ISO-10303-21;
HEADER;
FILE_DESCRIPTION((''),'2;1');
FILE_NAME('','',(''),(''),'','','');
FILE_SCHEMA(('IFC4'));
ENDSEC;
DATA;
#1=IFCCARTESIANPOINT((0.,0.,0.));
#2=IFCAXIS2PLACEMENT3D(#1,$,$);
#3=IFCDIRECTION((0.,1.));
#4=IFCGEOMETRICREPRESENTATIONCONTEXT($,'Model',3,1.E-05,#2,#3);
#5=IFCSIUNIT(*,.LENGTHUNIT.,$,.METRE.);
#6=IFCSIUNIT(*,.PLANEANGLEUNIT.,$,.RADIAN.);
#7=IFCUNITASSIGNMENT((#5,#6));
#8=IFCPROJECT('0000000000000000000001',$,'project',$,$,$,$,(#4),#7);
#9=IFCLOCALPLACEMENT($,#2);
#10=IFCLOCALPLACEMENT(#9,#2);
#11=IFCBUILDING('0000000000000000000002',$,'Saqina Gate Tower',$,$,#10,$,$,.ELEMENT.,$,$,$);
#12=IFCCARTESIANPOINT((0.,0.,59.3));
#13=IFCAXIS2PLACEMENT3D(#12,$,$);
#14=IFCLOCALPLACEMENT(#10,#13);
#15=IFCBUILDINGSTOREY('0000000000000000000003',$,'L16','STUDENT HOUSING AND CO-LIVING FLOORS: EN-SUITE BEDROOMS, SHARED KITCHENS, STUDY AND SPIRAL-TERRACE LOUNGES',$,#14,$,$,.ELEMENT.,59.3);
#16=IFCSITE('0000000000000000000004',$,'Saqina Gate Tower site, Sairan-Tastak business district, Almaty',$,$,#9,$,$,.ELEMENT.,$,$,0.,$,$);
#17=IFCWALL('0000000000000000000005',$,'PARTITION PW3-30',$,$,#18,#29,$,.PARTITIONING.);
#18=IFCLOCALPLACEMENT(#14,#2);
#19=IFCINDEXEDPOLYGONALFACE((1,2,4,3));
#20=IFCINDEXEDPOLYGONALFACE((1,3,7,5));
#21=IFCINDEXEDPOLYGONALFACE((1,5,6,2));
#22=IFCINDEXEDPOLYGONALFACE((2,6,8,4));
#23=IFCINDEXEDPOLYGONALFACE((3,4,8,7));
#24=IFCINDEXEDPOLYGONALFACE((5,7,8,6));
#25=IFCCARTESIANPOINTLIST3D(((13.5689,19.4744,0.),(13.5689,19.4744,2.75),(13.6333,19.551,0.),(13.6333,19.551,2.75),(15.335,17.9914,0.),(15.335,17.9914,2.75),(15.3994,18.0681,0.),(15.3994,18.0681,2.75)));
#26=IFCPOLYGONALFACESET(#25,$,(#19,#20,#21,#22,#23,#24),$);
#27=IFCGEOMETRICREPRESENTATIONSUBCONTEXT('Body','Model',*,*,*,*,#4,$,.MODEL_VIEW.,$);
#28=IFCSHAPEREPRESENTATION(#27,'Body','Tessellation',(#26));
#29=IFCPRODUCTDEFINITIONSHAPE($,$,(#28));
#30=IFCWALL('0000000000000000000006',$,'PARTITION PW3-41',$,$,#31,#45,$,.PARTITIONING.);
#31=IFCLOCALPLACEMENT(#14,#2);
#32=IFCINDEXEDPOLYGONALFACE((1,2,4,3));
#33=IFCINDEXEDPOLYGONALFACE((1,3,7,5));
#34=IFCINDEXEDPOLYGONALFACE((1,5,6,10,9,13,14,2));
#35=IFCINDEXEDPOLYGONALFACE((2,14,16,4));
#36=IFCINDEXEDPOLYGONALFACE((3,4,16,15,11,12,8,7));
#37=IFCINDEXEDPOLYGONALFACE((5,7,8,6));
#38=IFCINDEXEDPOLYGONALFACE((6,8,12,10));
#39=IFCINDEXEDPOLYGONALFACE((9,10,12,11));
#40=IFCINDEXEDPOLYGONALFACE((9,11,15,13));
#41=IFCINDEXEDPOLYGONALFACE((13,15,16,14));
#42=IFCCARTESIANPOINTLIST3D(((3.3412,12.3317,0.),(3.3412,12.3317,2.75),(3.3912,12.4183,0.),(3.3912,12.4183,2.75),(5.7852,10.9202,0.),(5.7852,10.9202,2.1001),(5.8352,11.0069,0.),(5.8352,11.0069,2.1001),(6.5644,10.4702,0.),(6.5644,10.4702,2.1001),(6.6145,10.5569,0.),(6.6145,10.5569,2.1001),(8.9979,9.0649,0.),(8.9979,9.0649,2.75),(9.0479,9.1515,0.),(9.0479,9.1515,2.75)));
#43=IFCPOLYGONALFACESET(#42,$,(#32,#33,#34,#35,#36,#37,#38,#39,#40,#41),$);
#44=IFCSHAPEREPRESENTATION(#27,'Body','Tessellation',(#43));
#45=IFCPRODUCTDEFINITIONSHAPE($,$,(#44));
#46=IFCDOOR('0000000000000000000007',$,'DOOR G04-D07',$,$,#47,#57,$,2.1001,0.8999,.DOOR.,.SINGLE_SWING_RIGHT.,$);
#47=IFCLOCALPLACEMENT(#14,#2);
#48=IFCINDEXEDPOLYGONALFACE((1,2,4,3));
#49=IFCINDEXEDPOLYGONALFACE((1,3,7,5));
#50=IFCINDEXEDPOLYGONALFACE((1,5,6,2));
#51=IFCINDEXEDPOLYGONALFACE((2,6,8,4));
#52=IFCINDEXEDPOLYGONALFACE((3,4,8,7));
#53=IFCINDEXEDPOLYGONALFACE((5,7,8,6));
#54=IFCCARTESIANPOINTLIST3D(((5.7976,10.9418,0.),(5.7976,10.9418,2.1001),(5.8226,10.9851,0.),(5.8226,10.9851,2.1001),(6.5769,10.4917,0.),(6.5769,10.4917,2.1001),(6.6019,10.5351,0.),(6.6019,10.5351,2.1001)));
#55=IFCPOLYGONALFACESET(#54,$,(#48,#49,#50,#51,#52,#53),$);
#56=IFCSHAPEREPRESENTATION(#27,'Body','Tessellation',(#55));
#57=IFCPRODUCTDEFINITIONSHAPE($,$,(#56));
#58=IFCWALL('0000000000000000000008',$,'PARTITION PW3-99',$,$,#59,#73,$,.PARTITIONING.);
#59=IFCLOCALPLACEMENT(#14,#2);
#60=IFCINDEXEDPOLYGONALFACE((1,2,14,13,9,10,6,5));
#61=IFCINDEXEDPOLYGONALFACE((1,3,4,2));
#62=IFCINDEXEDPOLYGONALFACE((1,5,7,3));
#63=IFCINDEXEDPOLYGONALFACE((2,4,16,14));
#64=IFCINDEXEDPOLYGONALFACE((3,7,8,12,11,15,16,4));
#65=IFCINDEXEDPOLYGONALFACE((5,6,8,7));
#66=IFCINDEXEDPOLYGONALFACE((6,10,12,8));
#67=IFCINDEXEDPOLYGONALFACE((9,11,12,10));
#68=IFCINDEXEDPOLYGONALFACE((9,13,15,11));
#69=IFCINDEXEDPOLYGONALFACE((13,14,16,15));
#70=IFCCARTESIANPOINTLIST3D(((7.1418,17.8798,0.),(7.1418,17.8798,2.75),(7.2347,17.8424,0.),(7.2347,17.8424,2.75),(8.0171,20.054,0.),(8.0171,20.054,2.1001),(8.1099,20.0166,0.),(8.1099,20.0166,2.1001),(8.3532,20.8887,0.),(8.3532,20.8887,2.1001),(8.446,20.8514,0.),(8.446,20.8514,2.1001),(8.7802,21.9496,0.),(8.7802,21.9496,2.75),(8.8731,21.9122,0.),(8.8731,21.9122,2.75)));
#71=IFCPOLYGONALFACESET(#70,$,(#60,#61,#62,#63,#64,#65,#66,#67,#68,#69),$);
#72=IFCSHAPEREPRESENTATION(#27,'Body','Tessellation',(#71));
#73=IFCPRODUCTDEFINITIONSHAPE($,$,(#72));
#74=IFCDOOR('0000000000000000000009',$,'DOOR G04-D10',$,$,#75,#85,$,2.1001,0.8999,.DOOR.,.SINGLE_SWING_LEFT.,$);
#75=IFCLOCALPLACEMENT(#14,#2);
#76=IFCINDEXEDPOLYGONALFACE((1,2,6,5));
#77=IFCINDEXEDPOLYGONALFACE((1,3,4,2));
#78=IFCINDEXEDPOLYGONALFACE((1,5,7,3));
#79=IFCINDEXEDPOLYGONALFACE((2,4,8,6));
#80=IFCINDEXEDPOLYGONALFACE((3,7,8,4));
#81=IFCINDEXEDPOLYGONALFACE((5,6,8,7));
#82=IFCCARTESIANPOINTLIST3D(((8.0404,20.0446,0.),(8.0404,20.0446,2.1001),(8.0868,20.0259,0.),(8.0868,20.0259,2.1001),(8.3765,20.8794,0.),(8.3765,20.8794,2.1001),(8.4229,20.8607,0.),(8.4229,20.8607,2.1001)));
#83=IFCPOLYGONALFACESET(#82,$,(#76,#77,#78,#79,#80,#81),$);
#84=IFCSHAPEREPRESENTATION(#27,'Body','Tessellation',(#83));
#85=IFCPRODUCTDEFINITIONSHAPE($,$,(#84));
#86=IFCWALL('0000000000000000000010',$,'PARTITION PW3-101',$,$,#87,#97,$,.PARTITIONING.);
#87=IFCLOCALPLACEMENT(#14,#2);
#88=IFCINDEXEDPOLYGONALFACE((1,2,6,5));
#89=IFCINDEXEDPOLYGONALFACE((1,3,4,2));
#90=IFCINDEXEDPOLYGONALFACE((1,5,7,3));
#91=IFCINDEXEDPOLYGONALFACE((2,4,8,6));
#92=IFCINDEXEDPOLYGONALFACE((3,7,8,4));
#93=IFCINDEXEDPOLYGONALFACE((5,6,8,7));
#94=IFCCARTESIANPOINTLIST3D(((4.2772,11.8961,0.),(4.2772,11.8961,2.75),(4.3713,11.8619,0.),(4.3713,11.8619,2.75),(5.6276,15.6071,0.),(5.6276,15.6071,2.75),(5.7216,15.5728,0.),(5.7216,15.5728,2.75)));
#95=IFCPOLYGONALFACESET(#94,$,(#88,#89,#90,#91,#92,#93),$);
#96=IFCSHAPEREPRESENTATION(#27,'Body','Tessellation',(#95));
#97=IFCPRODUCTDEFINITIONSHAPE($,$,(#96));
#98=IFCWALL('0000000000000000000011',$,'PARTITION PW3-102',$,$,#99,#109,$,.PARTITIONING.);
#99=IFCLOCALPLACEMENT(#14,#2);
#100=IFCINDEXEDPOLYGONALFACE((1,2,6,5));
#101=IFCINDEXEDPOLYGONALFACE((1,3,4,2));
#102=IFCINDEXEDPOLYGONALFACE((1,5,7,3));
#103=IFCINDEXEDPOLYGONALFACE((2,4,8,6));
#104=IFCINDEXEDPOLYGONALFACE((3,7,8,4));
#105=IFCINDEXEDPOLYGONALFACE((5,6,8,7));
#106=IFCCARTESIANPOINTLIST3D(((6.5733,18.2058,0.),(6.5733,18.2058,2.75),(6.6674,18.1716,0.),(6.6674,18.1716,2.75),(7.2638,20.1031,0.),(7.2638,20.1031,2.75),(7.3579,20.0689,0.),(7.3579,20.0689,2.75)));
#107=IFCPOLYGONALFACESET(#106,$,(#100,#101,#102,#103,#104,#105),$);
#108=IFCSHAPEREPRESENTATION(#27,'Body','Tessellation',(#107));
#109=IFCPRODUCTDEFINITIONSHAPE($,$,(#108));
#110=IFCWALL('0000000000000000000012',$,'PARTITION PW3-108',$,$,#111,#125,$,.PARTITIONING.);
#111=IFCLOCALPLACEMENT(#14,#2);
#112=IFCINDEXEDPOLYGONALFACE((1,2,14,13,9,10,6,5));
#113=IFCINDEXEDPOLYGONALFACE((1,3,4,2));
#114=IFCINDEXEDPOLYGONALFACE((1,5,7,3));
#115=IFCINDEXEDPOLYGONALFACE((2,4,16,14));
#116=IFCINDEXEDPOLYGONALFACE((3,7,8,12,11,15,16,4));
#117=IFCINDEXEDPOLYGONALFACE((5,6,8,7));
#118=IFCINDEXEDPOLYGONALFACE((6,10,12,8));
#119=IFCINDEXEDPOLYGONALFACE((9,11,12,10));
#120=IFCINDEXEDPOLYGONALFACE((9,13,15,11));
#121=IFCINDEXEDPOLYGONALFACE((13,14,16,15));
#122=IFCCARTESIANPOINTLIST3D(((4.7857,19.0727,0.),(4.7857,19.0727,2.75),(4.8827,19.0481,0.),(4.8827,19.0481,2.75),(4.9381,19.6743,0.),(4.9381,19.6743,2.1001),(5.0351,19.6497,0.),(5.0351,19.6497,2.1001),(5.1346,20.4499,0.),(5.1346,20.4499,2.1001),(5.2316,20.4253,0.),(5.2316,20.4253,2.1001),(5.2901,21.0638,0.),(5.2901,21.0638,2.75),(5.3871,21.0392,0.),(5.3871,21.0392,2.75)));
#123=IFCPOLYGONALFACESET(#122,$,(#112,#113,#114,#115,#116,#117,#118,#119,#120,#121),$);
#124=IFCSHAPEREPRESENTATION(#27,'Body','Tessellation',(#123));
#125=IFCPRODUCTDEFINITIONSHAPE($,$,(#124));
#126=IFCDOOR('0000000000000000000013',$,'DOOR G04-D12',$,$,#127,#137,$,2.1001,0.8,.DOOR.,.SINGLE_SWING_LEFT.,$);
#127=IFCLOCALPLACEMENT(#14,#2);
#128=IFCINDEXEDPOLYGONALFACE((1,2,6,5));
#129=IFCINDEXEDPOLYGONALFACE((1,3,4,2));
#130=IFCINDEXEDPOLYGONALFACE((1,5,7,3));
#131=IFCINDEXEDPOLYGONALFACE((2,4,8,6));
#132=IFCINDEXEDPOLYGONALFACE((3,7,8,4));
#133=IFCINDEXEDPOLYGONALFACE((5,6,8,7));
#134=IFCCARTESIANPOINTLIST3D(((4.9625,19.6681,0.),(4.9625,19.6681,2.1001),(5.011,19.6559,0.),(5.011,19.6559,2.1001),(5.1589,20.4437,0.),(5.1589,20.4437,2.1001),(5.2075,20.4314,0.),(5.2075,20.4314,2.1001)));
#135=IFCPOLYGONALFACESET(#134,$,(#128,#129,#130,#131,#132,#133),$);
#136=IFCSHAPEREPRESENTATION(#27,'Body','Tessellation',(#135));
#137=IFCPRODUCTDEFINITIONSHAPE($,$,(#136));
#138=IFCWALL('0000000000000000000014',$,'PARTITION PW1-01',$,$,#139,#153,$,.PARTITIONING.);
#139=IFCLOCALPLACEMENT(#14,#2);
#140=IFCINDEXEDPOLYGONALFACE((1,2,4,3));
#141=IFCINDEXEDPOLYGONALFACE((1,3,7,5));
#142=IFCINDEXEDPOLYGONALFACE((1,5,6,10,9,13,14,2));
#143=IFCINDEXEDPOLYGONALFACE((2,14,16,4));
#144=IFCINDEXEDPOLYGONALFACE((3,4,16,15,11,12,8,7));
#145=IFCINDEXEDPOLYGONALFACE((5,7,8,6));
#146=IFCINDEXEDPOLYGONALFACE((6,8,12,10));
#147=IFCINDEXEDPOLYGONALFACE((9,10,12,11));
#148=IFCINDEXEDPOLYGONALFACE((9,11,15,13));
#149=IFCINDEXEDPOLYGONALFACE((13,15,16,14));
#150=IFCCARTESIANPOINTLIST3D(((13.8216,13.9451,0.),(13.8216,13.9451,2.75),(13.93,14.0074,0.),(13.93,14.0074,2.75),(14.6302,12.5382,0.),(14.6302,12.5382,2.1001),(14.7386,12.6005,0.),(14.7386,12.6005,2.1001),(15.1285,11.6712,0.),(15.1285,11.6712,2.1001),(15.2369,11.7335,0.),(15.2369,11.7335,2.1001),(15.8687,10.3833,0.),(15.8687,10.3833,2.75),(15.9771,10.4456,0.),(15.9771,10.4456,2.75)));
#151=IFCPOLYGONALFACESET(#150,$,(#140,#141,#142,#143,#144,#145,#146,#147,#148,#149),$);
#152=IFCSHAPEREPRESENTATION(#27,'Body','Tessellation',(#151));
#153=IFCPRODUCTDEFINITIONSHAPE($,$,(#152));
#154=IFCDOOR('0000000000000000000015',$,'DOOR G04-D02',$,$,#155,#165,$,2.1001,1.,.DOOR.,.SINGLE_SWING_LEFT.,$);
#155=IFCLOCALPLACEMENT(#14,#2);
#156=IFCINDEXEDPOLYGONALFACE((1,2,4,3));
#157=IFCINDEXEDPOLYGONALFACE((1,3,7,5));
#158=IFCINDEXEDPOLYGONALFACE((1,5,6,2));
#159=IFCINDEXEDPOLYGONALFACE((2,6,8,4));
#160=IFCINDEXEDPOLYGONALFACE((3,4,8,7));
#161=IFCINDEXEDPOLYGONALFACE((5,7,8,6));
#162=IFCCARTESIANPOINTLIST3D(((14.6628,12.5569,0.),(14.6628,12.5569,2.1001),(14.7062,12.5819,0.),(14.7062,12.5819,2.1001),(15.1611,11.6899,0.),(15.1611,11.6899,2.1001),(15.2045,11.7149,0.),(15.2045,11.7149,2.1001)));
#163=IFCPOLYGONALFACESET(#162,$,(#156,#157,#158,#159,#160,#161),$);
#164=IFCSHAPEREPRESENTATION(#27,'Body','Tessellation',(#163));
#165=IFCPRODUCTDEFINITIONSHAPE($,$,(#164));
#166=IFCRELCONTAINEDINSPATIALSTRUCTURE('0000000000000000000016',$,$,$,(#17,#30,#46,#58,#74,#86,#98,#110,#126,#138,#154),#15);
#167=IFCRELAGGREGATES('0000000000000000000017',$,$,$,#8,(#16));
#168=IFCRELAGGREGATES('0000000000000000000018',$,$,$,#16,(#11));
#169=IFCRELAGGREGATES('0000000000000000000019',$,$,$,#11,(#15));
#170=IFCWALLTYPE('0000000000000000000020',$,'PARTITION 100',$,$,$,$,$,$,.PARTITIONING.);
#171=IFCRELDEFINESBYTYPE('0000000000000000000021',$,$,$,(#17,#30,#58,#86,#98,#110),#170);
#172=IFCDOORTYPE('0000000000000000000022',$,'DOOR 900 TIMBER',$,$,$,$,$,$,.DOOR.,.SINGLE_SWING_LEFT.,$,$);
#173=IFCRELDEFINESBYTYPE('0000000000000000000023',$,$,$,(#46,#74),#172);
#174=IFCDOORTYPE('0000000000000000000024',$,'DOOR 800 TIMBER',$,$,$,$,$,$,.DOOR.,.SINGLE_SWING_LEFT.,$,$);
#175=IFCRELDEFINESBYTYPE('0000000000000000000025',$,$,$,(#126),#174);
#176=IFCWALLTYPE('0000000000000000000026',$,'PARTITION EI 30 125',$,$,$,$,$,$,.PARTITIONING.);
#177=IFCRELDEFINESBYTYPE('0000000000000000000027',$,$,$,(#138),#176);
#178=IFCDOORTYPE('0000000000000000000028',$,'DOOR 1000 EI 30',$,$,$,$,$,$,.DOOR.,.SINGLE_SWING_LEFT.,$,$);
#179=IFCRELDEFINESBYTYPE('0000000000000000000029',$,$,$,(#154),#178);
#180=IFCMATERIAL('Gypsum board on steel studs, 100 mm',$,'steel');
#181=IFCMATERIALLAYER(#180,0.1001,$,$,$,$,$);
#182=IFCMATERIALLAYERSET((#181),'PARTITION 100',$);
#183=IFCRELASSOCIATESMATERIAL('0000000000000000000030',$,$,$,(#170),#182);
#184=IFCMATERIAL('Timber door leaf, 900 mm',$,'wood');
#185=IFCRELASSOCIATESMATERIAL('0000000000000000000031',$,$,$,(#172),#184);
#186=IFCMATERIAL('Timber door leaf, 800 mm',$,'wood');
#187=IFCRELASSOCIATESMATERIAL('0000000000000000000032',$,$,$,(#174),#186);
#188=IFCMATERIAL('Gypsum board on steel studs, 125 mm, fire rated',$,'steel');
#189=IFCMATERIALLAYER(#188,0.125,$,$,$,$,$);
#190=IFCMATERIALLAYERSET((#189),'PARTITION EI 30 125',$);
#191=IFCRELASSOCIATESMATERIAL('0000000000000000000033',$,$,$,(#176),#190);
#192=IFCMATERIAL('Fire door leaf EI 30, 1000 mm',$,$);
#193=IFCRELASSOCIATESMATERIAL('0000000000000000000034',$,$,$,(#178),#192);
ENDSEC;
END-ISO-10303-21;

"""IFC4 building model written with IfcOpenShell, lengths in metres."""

from ifc_helpers import new_model, si_unit, direction, frame, frame_2d, origin, place, context, subcontext, project, spatial, rectangle, extrude, material, layer, layer_set, type_object, element, fill, save


model = new_model("IFC4")

# Units and contexts
model_context = context("Model", 3, precision=1e-05, world=origin(), true_north=direction((0.0, 1.0)))
body_context = subcontext(model_context, "Body", "Model", "MODEL_VIEW")
ifc_project = project(units=[si_unit("LENGTHUNIT", "METRE"), si_unit("PLANEANGLEUNIT", "RADIAN")], contexts=[model_context])

# Site, building, storey
site_placement = place(None, origin())
site = spatial("IfcSite", under=ifc_project, at=site_placement, Name="Saqina Gate Tower site, Sairan-Tastak business district, Almaty", CompositionType="ELEMENT", RefElevation=0.0)
building_placement = place(site_placement, origin())
building = spatial("IfcBuilding", under=site, at=building_placement, Name="Saqina Gate Tower", CompositionType="ELEMENT")
storey_placement = place(building_placement, frame((0.0, 0.0, 59.3)))
storey = spatial("IfcBuildingStorey", under=building, at=storey_placement, Name="L16", Description="STUDENT HOUSING AND CO-LIVING FLOORS: EN-SUITE BEDROOMS, SHARED KITCHENS, STUDY AND SPIRAL-TERRACE LOUNGES", CompositionType="ELEMENT", Elevation=59.3)

# Wall
ifc_material_1 = material(Name="Gypsum board on steel studs, 100 mm", Category="steel")
ifc_layer_1 = layer(ifc_material_1, 0.1001)
ifc_layer_set_1 = layer_set([ifc_layer_1], Name="PARTITION 100")
wall_type_1 = type_object("IfcWallType", Name="PARTITION 100", PredefinedType="PARTITIONING", material=ifc_layer_set_1)
wall_1_placement = place(storey_placement, frame((13.6011, 19.5127, 0.0), z_axis=(0.0, 0.0, 1.0), x_axis=(0.765838, -0.643033, 0.0)))
element("IfcWall", 1, at=wall_1_placement, inside=storey, type_object=wall_type_1, Name="PARTITION PW3-30", PredefinedType="PARTITIONING", context=body_context, shape_type="SweptSolid", body=[
    extrude(rectangle(XDim=2.3062, YDim=0.1001, at=frame_2d((1.1531, 0.0))), origin(), (0.0, 0.0, 1.0), 2.75),
])

# Walls, openings, doors
wall_2_placement = place(storey_placement, frame((3.3662, 12.375, 0.0), z_axis=(0.0, 0.0, 1.0), x_axis=(0.865964, -0.500106, 0.0)))
wall_2 = element("IfcWall", 2, at=wall_2_placement, inside=storey, type_object=wall_type_1, Name="PARTITION PW3-41", PredefinedType="PARTITIONING", context=body_context, shape_type="SweptSolid", body=[
    extrude(rectangle(XDim=6.5322, YDim=0.1001, at=frame_2d((3.2661, 0.0))), origin(), (0.0, 0.0, 1.0), 2.75),
])
opening_1_placement = place(wall_2_placement, frame((2.8223, 0.0, 0.0)))
opening_1 = element("IfcOpeningElement", 3, at=opening_1_placement, cuts=wall_2, PredefinedType="OPENING", context=body_context, shape_type="SweptSolid", body=[
    extrude(rectangle(XDim=0.8999, YDim=2.1001, at=frame_2d((0.45, 1.05))), frame((0.0, 0.062, 0.0), z_axis=(0.0, -1.0, 0.0), x_axis=(1.0, 0.0, 0.0)), (0.0, 0.0, 1.0), 0.124),
])
ifc_material_2 = material(Name="Timber door leaf, 900 mm", Category="wood")
door_type_1 = type_object("IfcDoorType", Name="DOOR 900 TIMBER", OperationType="SINGLE_SWING_LEFT", PredefinedType="DOOR", material=ifc_material_2)
door_1_placement = place(opening_1_placement, origin())
door_1 = element("IfcDoor", 4, at=door_1_placement, inside=storey, type_object=door_type_1, Name="DOOR G04-D07", OperationType="SINGLE_SWING_RIGHT", OverallHeight=2.1001, OverallWidth=0.8999, PredefinedType="DOOR", context=body_context, shape_type="SweptSolid", body=[
    extrude(rectangle(XDim=0.8999, YDim=2.1001, at=frame_2d((0.45, 1.05))), frame((0.0, 0.0249, 0.0), z_axis=(0.0, -1.0, 0.0), x_axis=(1.0, 0.0, 0.0)), (0.0, 0.0, 1.0), 0.05),
])
fill(opening_1, door_1)
wall_3_placement = place(storey_placement, frame((7.1882, 17.8611, 0.0), z_axis=(0.0, 0.0, 1.0), x_axis=(0.373453, 0.927649, 0.0)))
wall_3 = element("IfcWall", 5, at=wall_3_placement, inside=storey, type_object=wall_type_1, Name="PARTITION PW3-99", PredefinedType="PARTITIONING", context=body_context, shape_type="SweptSolid", body=[
    extrude(rectangle(XDim=4.3872, YDim=0.1001, at=frame_2d((2.1936, 0.0))), origin(), (0.0, 0.0, 1.0), 2.75),
])
opening_2_placement = place(wall_3_placement, frame((2.3438, 0.0, 0.0)))
opening_2 = element("IfcOpeningElement", 6, at=opening_2_placement, cuts=wall_3, PredefinedType="OPENING", context=body_context, shape_type="SweptSolid", body=[
    extrude(rectangle(XDim=0.8999, YDim=2.1001, at=frame_2d((0.45, 1.05))), frame((0.0, 0.062, 0.0), z_axis=(0.0, -1.0, 0.0), x_axis=(1.0, 0.0, 0.0)), (0.0, 0.0, 1.0), 0.124),
])
door_2_placement = place(opening_2_placement, origin())
door_2 = element("IfcDoor", 7, at=door_2_placement, inside=storey, type_object=door_type_1, Name="DOOR G04-D10", OperationType="SINGLE_SWING_LEFT", OverallHeight=2.1001, OverallWidth=0.8999, PredefinedType="DOOR", context=body_context, shape_type="SweptSolid", body=[
    extrude(rectangle(XDim=0.8999, YDim=2.1001, at=frame_2d((0.45, 1.05))), frame((0.0, 0.0249, 0.0), z_axis=(0.0, -1.0, 0.0), x_axis=(1.0, 0.0, 0.0)), (0.0, 0.0, 1.0), 0.05),
])
fill(opening_2, door_2)

# Walls
wall_4_placement = place(storey_placement, frame((4.3242, 11.8789, 0.0), z_axis=(0.0, 0.0, 1.0), x_axis=(0.341947, 0.939719, 0.0)))
element("IfcWall", 8, at=wall_4_placement, inside=storey, type_object=wall_type_1, Name="PARTITION PW3-101", PredefinedType="PARTITIONING", context=body_context, shape_type="SweptSolid", body=[
    extrude(rectangle(XDim=3.949, YDim=0.1001, at=frame_2d((1.9746, 0.0))), origin(), (0.0, 0.0, 1.0), 2.75),
])
wall_5_placement = place(storey_placement, frame((6.6204, 18.1887, 0.0), z_axis=(0.0, 0.0, 1.0), x_axis=(0.341976, 0.939709, 0.0)))
element("IfcWall", 9, at=wall_5_placement, inside=storey, type_object=wall_type_1, Name="PARTITION PW3-102", PredefinedType="PARTITIONING", context=body_context, shape_type="SweptSolid", body=[
    extrude(rectangle(XDim=2.019, YDim=0.1001, at=frame_2d((1.0095, 0.0))), origin(), (0.0, 0.0, 1.0), 2.75),
])

# Walls, openings, doors
wall_6_placement = place(storey_placement, frame((4.8342, 19.0605, 0.0), z_axis=(0.0, 0.0, 1.0), x_axis=(0.245583, 0.969376, 0.0)))
wall_6 = element("IfcWall", 10, at=wall_6_placement, inside=storey, type_object=wall_type_1, Name="PARTITION PW3-108", PredefinedType="PARTITIONING", context=body_context, shape_type="SweptSolid", body=[
    extrude(rectangle(XDim=2.054, YDim=0.1001, at=frame_2d((1.0269, 0.0))), origin(), (0.0, 0.0, 1.0), 2.75),
])
opening_3_placement = place(wall_6_placement, frame((0.6206, 0.0, 0.0)))
opening_3 = element("IfcOpeningElement", 11, at=opening_3_placement, cuts=wall_6, PredefinedType="OPENING", context=body_context, shape_type="SweptSolid", body=[
    extrude(rectangle(XDim=0.8, YDim=2.1001, at=frame_2d((0.3999, 1.05))), frame((0.0, 0.062, 0.0), z_axis=(0.0, -1.0, 0.0), x_axis=(1.0, 0.0, 0.0)), (0.0, 0.0, 1.0), 0.124),
])
ifc_material_3 = material(Name="Timber door leaf, 800 mm", Category="wood")
door_type_2 = type_object("IfcDoorType", Name="DOOR 800 TIMBER", OperationType="SINGLE_SWING_LEFT", PredefinedType="DOOR", material=ifc_material_3)
door_3_placement = place(opening_3_placement, origin())
door_3 = element("IfcDoor", 12, at=door_3_placement, inside=storey, type_object=door_type_2, Name="DOOR G04-D12", OperationType="SINGLE_SWING_LEFT", OverallHeight=2.1001, OverallWidth=0.8, PredefinedType="DOOR", context=body_context, shape_type="SweptSolid", body=[
    extrude(rectangle(XDim=0.8, YDim=2.1001, at=frame_2d((0.3999, 1.05))), frame((0.0, 0.0249, 0.0), z_axis=(0.0, -1.0, 0.0), x_axis=(1.0, 0.0, 0.0)), (0.0, 0.0, 1.0), 0.05),
])
fill(opening_3, door_3)
ifc_material_4 = material(Name="Gypsum board on steel studs, 125 mm, fire rated", Category="steel")
ifc_layer_2 = layer(ifc_material_4, 0.125)
ifc_layer_set_2 = layer_set([ifc_layer_2], Name="PARTITION EI 30 125")
wall_type_2 = type_object("IfcWallType", Name="PARTITION EI 30 125", PredefinedType="PARTITIONING", material=ifc_layer_set_2)
wall_7_placement = place(storey_placement, frame((13.8757, 13.9763, 0.0), z_axis=(0.0, 0.0, 1.0), x_axis=(0.498307, -0.867001, 0.0)))
wall_7 = element("IfcWall", 13, at=wall_7_placement, inside=storey, type_object=wall_type_2, Name="PARTITION PW1-01", PredefinedType="PARTITIONING", context=body_context, shape_type="SweptSolid", body=[
    extrude(rectangle(XDim=4.1082, YDim=0.125, at=frame_2d((2.0542, 0.0))), origin(), (0.0, 0.0, 1.0), 2.75),
])
opening_4_placement = place(wall_7_placement, frame((1.6228, 0.0, 0.0)))
opening_4 = element("IfcOpeningElement", 14, at=opening_4_placement, cuts=wall_7, PredefinedType="OPENING", context=body_context, shape_type="SweptSolid", body=[
    extrude(rectangle(XDim=1.0, YDim=2.1001, at=frame_2d((0.5, 1.05))), frame((0.0, 0.0745, 0.0), z_axis=(0.0, -1.0, 0.0), x_axis=(1.0, 0.0, 0.0)), (0.0, 0.0, 1.0), 0.1489),
])
ifc_material_5 = material(Name="Fire door leaf EI 30, 1000 mm")
door_type_3 = type_object("IfcDoorType", Name="DOOR 1000 EI 30", OperationType="SINGLE_SWING_LEFT", PredefinedType="DOOR", material=ifc_material_5)
door_4_placement = place(opening_4_placement, frame((1.0, 0.0, 0.0), z_axis=(0.0, 0.0, 1.0), x_axis=(-1.0, 0.0, 0.0)))
door_4 = element("IfcDoor", 15, at=door_4_placement, inside=storey, type_object=door_type_3, Name="DOOR G04-D02", OperationType="SINGLE_SWING_LEFT", OverallHeight=2.1001, OverallWidth=1.0, PredefinedType="DOOR", context=body_context, shape_type="SweptSolid", body=[
    extrude(rectangle(XDim=1.0, YDim=2.1001, at=frame_2d((0.5, 1.05))), frame((0.0, 0.0249, 0.0), z_axis=(0.0, -1.0, 0.0), x_axis=(1.0, 0.0, 0.0)), (0.0, 0.0, 1.0), 0.05),
])
fill(opening_4, door_4)

save(model, "model.ifc")
